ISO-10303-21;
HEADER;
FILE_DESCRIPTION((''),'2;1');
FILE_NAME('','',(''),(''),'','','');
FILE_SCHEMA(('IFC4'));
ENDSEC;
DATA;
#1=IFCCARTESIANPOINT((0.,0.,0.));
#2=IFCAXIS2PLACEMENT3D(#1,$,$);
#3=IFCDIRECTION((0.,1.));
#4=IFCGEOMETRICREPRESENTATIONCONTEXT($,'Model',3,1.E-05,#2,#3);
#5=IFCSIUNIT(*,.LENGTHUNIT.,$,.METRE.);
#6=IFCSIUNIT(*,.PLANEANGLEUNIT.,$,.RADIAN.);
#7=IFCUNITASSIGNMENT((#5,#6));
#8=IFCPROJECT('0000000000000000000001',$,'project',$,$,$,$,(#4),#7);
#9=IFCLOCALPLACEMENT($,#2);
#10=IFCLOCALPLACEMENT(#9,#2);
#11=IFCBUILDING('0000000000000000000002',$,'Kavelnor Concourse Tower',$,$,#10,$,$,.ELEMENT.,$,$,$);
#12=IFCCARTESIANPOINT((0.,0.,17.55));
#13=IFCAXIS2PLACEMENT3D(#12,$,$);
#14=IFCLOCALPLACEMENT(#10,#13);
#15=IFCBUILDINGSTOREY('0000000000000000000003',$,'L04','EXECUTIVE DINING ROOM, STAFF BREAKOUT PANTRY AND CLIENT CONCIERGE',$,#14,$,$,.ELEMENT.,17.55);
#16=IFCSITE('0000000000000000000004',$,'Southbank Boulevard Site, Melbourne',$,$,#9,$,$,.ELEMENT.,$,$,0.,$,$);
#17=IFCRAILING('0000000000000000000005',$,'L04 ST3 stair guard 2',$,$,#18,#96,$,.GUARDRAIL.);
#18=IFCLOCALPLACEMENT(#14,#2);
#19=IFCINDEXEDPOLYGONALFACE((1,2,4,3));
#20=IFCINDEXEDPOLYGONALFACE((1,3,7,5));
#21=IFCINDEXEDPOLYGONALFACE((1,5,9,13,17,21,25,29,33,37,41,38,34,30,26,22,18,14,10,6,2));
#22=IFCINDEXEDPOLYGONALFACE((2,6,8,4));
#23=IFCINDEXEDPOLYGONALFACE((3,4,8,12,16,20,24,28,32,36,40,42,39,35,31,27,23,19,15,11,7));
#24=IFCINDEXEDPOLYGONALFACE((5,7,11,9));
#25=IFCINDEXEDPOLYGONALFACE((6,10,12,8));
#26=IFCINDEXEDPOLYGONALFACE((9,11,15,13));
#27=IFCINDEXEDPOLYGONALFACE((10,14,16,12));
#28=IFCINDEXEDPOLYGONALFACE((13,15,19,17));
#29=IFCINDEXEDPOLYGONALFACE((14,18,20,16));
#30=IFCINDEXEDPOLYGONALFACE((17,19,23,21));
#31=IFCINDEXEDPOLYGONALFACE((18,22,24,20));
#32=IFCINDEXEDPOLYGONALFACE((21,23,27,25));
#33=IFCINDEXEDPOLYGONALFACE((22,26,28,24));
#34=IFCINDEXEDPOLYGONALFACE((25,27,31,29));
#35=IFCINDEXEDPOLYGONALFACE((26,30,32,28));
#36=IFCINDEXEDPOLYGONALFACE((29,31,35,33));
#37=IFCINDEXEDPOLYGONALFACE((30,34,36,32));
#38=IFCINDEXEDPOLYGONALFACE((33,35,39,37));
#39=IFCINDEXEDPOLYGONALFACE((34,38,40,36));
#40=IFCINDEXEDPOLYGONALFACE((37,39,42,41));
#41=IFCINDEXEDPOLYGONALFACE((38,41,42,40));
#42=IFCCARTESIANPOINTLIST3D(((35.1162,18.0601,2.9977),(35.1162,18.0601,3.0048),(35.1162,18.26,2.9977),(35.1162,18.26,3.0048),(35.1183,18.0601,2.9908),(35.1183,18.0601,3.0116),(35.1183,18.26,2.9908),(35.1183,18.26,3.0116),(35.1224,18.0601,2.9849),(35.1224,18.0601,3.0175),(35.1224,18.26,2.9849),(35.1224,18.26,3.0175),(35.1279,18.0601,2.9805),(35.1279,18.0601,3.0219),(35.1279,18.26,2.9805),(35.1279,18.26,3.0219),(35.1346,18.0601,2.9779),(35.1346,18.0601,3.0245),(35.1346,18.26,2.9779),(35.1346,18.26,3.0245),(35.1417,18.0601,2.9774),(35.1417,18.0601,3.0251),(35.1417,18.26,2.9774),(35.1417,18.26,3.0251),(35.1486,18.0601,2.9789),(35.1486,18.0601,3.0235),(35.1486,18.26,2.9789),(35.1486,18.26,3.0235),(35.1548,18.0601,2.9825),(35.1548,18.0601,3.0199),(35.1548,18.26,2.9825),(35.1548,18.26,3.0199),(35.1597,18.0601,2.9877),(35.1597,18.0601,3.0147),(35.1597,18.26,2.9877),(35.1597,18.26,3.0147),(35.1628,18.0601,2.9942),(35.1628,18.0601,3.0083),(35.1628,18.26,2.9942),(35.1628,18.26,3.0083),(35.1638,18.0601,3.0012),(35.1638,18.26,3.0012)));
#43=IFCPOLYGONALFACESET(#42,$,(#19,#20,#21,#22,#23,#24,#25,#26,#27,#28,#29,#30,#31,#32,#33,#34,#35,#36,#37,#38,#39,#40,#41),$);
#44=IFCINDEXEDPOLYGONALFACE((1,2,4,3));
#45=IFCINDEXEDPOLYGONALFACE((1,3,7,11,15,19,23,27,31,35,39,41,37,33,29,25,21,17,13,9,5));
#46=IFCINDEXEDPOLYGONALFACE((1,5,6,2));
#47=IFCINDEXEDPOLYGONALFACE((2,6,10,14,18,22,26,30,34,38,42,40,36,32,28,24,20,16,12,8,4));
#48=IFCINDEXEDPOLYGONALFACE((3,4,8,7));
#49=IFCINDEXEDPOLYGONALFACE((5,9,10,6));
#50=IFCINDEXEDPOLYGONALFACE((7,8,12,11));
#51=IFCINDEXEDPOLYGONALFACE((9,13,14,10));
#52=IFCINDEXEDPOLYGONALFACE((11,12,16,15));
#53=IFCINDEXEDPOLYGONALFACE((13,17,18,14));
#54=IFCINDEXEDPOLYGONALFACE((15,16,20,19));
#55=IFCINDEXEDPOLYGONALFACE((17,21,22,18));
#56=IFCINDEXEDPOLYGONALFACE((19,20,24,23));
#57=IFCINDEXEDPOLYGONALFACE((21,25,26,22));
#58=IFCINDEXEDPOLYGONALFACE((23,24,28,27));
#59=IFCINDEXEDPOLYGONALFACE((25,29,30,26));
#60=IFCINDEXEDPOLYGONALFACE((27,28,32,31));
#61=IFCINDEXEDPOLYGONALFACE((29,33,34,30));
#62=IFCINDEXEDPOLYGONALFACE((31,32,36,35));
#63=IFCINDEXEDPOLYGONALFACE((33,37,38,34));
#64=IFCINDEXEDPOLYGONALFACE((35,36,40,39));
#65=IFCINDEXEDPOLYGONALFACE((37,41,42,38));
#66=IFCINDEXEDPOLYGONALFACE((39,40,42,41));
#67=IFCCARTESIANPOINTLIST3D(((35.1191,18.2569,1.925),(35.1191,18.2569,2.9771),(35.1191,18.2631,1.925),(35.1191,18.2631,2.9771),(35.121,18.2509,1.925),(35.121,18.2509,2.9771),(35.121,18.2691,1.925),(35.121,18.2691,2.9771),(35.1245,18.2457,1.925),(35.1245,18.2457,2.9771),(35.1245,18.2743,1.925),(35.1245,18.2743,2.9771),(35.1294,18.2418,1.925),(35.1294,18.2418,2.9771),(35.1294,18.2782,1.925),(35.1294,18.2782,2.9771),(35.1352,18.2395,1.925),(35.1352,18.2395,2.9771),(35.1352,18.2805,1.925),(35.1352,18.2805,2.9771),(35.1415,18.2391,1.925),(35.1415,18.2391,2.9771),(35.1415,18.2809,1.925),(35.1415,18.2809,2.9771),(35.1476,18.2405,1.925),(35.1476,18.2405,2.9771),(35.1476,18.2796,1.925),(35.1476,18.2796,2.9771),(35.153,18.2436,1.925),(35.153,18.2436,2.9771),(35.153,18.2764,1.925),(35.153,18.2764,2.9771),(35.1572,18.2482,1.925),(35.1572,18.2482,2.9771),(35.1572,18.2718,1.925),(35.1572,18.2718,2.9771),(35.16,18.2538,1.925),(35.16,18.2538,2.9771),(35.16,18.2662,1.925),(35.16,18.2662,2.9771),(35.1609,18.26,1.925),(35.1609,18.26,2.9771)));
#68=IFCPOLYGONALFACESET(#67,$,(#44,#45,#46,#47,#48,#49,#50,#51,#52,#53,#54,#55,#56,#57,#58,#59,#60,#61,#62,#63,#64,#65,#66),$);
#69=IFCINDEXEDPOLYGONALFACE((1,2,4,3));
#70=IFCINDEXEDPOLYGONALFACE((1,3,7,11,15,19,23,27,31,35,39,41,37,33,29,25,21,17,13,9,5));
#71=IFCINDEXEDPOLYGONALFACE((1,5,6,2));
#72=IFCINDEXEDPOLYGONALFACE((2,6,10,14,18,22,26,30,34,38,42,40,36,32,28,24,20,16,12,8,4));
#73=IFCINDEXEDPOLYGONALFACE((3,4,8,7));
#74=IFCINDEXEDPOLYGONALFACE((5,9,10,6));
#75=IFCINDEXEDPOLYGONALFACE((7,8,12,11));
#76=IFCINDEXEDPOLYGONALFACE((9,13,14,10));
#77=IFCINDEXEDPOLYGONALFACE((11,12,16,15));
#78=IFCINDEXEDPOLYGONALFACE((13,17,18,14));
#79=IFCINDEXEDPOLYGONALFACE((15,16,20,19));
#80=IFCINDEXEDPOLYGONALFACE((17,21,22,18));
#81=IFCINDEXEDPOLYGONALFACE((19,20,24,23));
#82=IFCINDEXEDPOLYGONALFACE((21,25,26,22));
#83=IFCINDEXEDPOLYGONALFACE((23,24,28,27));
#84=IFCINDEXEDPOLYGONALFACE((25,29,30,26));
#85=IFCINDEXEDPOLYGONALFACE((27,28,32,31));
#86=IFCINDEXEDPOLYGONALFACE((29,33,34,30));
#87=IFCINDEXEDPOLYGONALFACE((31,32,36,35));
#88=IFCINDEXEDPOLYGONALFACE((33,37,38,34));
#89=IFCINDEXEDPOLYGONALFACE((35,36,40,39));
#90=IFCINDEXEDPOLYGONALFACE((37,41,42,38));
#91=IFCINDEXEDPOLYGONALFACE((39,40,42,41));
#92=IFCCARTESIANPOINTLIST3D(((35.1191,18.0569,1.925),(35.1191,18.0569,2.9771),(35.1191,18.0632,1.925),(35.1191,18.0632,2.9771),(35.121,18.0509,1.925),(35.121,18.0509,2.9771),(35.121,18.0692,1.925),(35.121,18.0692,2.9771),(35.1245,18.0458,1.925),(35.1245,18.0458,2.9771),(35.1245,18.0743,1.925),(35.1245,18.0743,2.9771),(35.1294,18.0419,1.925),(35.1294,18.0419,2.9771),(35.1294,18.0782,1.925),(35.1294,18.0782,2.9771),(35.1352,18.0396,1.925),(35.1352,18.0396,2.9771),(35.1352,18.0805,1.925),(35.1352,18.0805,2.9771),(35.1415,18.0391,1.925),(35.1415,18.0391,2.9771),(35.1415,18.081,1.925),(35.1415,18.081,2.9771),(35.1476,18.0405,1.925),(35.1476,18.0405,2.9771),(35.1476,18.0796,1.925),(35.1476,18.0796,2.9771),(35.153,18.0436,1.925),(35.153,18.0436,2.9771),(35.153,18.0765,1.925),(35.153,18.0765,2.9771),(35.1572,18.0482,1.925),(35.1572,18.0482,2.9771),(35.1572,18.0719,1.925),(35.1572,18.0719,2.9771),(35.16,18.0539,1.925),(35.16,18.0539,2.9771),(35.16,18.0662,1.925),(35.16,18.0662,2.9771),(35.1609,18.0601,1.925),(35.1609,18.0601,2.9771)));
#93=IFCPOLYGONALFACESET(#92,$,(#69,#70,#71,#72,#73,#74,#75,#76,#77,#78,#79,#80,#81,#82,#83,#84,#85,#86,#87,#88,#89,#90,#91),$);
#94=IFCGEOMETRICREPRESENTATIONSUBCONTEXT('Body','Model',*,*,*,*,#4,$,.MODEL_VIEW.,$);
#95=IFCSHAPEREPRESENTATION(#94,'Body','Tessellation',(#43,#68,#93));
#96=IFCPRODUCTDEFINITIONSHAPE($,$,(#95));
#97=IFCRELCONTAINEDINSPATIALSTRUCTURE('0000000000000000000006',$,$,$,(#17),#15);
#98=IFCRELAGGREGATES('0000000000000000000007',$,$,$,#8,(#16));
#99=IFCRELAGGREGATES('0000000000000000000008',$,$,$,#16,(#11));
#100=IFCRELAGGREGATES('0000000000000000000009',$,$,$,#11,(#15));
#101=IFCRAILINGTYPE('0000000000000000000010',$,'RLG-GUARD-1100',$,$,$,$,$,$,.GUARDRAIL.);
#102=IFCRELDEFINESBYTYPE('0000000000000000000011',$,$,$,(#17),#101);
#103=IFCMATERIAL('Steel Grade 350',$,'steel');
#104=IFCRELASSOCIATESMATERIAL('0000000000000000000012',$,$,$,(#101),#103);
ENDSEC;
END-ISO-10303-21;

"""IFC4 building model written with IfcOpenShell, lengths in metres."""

from ifc_helpers import new_model, si_unit, direction, frame, origin, origin_2d, place, context, subcontext, project, spatial, circle, extrude, material, type_object, element, save


model = new_model("IFC4")

# Units and contexts
model_context = context("Model", 3, precision=1e-05, world=origin(), true_north=direction((0.0, 1.0)))
body_context = subcontext(model_context, "Body", "Model", "MODEL_VIEW")
ifc_project = project(units=[si_unit("LENGTHUNIT", "METRE"), si_unit("PLANEANGLEUNIT", "RADIAN")], contexts=[model_context])

# Site, building, storey
site_placement = place(None, origin())
site = spatial("IfcSite", under=ifc_project, at=site_placement, Name="Southbank Boulevard Site, Melbourne", CompositionType="ELEMENT", RefElevation=0.0)
building_placement = place(site_placement, origin())
building = spatial("IfcBuilding", under=site, at=building_placement, Name="Kavelnor Concourse Tower", CompositionType="ELEMENT")
storey_placement = place(building_placement, frame((0.0, 0.0, 17.55)))
storey = spatial("IfcBuildingStorey", under=building, at=storey_placement, Name="L04", Description="EXECUTIVE DINING ROOM, STAFF BREAKOUT PANTRY AND CLIENT CONCIERGE", CompositionType="ELEMENT", Elevation=17.55)

# Shared definitions
ifc_material_1 = material(Name="Steel Grade 350", Category="steel")

# Railing
railing_type_1 = type_object("IfcRailingType", Name="RLG-GUARD-1100", PredefinedType="GUARDRAIL", material=ifc_material_1)
railing_1_placement = place(storey_placement, frame((35.1399, 18.26, 1.925)))
element("IfcRailing", 1, at=railing_1_placement, inside=storey, type_object=railing_type_1, Name="L04 ST3 stair guard 2", PredefinedType="GUARDRAIL", context=body_context, shape_type="SweptSolid", body=[
    extrude(circle(Radius=0.0239, at=origin_2d()), frame((0.0, 0.0, 1.0762), z_axis=(0.0, -1.0, 0.0), x_axis=(1.0, 0.0, 0.0)), (0.0, 0.0, 1.0), 0.2),
    extrude(circle(Radius=0.021, at=origin_2d()), origin(), (0.0, 0.0, 1.0), 1.052),
    extrude(circle(Radius=0.021, at=origin_2d()), frame((0.0, -0.2, 0.0)), (0.0, 0.0, 1.0), 1.052),
])

save(model, "model.ifc")
